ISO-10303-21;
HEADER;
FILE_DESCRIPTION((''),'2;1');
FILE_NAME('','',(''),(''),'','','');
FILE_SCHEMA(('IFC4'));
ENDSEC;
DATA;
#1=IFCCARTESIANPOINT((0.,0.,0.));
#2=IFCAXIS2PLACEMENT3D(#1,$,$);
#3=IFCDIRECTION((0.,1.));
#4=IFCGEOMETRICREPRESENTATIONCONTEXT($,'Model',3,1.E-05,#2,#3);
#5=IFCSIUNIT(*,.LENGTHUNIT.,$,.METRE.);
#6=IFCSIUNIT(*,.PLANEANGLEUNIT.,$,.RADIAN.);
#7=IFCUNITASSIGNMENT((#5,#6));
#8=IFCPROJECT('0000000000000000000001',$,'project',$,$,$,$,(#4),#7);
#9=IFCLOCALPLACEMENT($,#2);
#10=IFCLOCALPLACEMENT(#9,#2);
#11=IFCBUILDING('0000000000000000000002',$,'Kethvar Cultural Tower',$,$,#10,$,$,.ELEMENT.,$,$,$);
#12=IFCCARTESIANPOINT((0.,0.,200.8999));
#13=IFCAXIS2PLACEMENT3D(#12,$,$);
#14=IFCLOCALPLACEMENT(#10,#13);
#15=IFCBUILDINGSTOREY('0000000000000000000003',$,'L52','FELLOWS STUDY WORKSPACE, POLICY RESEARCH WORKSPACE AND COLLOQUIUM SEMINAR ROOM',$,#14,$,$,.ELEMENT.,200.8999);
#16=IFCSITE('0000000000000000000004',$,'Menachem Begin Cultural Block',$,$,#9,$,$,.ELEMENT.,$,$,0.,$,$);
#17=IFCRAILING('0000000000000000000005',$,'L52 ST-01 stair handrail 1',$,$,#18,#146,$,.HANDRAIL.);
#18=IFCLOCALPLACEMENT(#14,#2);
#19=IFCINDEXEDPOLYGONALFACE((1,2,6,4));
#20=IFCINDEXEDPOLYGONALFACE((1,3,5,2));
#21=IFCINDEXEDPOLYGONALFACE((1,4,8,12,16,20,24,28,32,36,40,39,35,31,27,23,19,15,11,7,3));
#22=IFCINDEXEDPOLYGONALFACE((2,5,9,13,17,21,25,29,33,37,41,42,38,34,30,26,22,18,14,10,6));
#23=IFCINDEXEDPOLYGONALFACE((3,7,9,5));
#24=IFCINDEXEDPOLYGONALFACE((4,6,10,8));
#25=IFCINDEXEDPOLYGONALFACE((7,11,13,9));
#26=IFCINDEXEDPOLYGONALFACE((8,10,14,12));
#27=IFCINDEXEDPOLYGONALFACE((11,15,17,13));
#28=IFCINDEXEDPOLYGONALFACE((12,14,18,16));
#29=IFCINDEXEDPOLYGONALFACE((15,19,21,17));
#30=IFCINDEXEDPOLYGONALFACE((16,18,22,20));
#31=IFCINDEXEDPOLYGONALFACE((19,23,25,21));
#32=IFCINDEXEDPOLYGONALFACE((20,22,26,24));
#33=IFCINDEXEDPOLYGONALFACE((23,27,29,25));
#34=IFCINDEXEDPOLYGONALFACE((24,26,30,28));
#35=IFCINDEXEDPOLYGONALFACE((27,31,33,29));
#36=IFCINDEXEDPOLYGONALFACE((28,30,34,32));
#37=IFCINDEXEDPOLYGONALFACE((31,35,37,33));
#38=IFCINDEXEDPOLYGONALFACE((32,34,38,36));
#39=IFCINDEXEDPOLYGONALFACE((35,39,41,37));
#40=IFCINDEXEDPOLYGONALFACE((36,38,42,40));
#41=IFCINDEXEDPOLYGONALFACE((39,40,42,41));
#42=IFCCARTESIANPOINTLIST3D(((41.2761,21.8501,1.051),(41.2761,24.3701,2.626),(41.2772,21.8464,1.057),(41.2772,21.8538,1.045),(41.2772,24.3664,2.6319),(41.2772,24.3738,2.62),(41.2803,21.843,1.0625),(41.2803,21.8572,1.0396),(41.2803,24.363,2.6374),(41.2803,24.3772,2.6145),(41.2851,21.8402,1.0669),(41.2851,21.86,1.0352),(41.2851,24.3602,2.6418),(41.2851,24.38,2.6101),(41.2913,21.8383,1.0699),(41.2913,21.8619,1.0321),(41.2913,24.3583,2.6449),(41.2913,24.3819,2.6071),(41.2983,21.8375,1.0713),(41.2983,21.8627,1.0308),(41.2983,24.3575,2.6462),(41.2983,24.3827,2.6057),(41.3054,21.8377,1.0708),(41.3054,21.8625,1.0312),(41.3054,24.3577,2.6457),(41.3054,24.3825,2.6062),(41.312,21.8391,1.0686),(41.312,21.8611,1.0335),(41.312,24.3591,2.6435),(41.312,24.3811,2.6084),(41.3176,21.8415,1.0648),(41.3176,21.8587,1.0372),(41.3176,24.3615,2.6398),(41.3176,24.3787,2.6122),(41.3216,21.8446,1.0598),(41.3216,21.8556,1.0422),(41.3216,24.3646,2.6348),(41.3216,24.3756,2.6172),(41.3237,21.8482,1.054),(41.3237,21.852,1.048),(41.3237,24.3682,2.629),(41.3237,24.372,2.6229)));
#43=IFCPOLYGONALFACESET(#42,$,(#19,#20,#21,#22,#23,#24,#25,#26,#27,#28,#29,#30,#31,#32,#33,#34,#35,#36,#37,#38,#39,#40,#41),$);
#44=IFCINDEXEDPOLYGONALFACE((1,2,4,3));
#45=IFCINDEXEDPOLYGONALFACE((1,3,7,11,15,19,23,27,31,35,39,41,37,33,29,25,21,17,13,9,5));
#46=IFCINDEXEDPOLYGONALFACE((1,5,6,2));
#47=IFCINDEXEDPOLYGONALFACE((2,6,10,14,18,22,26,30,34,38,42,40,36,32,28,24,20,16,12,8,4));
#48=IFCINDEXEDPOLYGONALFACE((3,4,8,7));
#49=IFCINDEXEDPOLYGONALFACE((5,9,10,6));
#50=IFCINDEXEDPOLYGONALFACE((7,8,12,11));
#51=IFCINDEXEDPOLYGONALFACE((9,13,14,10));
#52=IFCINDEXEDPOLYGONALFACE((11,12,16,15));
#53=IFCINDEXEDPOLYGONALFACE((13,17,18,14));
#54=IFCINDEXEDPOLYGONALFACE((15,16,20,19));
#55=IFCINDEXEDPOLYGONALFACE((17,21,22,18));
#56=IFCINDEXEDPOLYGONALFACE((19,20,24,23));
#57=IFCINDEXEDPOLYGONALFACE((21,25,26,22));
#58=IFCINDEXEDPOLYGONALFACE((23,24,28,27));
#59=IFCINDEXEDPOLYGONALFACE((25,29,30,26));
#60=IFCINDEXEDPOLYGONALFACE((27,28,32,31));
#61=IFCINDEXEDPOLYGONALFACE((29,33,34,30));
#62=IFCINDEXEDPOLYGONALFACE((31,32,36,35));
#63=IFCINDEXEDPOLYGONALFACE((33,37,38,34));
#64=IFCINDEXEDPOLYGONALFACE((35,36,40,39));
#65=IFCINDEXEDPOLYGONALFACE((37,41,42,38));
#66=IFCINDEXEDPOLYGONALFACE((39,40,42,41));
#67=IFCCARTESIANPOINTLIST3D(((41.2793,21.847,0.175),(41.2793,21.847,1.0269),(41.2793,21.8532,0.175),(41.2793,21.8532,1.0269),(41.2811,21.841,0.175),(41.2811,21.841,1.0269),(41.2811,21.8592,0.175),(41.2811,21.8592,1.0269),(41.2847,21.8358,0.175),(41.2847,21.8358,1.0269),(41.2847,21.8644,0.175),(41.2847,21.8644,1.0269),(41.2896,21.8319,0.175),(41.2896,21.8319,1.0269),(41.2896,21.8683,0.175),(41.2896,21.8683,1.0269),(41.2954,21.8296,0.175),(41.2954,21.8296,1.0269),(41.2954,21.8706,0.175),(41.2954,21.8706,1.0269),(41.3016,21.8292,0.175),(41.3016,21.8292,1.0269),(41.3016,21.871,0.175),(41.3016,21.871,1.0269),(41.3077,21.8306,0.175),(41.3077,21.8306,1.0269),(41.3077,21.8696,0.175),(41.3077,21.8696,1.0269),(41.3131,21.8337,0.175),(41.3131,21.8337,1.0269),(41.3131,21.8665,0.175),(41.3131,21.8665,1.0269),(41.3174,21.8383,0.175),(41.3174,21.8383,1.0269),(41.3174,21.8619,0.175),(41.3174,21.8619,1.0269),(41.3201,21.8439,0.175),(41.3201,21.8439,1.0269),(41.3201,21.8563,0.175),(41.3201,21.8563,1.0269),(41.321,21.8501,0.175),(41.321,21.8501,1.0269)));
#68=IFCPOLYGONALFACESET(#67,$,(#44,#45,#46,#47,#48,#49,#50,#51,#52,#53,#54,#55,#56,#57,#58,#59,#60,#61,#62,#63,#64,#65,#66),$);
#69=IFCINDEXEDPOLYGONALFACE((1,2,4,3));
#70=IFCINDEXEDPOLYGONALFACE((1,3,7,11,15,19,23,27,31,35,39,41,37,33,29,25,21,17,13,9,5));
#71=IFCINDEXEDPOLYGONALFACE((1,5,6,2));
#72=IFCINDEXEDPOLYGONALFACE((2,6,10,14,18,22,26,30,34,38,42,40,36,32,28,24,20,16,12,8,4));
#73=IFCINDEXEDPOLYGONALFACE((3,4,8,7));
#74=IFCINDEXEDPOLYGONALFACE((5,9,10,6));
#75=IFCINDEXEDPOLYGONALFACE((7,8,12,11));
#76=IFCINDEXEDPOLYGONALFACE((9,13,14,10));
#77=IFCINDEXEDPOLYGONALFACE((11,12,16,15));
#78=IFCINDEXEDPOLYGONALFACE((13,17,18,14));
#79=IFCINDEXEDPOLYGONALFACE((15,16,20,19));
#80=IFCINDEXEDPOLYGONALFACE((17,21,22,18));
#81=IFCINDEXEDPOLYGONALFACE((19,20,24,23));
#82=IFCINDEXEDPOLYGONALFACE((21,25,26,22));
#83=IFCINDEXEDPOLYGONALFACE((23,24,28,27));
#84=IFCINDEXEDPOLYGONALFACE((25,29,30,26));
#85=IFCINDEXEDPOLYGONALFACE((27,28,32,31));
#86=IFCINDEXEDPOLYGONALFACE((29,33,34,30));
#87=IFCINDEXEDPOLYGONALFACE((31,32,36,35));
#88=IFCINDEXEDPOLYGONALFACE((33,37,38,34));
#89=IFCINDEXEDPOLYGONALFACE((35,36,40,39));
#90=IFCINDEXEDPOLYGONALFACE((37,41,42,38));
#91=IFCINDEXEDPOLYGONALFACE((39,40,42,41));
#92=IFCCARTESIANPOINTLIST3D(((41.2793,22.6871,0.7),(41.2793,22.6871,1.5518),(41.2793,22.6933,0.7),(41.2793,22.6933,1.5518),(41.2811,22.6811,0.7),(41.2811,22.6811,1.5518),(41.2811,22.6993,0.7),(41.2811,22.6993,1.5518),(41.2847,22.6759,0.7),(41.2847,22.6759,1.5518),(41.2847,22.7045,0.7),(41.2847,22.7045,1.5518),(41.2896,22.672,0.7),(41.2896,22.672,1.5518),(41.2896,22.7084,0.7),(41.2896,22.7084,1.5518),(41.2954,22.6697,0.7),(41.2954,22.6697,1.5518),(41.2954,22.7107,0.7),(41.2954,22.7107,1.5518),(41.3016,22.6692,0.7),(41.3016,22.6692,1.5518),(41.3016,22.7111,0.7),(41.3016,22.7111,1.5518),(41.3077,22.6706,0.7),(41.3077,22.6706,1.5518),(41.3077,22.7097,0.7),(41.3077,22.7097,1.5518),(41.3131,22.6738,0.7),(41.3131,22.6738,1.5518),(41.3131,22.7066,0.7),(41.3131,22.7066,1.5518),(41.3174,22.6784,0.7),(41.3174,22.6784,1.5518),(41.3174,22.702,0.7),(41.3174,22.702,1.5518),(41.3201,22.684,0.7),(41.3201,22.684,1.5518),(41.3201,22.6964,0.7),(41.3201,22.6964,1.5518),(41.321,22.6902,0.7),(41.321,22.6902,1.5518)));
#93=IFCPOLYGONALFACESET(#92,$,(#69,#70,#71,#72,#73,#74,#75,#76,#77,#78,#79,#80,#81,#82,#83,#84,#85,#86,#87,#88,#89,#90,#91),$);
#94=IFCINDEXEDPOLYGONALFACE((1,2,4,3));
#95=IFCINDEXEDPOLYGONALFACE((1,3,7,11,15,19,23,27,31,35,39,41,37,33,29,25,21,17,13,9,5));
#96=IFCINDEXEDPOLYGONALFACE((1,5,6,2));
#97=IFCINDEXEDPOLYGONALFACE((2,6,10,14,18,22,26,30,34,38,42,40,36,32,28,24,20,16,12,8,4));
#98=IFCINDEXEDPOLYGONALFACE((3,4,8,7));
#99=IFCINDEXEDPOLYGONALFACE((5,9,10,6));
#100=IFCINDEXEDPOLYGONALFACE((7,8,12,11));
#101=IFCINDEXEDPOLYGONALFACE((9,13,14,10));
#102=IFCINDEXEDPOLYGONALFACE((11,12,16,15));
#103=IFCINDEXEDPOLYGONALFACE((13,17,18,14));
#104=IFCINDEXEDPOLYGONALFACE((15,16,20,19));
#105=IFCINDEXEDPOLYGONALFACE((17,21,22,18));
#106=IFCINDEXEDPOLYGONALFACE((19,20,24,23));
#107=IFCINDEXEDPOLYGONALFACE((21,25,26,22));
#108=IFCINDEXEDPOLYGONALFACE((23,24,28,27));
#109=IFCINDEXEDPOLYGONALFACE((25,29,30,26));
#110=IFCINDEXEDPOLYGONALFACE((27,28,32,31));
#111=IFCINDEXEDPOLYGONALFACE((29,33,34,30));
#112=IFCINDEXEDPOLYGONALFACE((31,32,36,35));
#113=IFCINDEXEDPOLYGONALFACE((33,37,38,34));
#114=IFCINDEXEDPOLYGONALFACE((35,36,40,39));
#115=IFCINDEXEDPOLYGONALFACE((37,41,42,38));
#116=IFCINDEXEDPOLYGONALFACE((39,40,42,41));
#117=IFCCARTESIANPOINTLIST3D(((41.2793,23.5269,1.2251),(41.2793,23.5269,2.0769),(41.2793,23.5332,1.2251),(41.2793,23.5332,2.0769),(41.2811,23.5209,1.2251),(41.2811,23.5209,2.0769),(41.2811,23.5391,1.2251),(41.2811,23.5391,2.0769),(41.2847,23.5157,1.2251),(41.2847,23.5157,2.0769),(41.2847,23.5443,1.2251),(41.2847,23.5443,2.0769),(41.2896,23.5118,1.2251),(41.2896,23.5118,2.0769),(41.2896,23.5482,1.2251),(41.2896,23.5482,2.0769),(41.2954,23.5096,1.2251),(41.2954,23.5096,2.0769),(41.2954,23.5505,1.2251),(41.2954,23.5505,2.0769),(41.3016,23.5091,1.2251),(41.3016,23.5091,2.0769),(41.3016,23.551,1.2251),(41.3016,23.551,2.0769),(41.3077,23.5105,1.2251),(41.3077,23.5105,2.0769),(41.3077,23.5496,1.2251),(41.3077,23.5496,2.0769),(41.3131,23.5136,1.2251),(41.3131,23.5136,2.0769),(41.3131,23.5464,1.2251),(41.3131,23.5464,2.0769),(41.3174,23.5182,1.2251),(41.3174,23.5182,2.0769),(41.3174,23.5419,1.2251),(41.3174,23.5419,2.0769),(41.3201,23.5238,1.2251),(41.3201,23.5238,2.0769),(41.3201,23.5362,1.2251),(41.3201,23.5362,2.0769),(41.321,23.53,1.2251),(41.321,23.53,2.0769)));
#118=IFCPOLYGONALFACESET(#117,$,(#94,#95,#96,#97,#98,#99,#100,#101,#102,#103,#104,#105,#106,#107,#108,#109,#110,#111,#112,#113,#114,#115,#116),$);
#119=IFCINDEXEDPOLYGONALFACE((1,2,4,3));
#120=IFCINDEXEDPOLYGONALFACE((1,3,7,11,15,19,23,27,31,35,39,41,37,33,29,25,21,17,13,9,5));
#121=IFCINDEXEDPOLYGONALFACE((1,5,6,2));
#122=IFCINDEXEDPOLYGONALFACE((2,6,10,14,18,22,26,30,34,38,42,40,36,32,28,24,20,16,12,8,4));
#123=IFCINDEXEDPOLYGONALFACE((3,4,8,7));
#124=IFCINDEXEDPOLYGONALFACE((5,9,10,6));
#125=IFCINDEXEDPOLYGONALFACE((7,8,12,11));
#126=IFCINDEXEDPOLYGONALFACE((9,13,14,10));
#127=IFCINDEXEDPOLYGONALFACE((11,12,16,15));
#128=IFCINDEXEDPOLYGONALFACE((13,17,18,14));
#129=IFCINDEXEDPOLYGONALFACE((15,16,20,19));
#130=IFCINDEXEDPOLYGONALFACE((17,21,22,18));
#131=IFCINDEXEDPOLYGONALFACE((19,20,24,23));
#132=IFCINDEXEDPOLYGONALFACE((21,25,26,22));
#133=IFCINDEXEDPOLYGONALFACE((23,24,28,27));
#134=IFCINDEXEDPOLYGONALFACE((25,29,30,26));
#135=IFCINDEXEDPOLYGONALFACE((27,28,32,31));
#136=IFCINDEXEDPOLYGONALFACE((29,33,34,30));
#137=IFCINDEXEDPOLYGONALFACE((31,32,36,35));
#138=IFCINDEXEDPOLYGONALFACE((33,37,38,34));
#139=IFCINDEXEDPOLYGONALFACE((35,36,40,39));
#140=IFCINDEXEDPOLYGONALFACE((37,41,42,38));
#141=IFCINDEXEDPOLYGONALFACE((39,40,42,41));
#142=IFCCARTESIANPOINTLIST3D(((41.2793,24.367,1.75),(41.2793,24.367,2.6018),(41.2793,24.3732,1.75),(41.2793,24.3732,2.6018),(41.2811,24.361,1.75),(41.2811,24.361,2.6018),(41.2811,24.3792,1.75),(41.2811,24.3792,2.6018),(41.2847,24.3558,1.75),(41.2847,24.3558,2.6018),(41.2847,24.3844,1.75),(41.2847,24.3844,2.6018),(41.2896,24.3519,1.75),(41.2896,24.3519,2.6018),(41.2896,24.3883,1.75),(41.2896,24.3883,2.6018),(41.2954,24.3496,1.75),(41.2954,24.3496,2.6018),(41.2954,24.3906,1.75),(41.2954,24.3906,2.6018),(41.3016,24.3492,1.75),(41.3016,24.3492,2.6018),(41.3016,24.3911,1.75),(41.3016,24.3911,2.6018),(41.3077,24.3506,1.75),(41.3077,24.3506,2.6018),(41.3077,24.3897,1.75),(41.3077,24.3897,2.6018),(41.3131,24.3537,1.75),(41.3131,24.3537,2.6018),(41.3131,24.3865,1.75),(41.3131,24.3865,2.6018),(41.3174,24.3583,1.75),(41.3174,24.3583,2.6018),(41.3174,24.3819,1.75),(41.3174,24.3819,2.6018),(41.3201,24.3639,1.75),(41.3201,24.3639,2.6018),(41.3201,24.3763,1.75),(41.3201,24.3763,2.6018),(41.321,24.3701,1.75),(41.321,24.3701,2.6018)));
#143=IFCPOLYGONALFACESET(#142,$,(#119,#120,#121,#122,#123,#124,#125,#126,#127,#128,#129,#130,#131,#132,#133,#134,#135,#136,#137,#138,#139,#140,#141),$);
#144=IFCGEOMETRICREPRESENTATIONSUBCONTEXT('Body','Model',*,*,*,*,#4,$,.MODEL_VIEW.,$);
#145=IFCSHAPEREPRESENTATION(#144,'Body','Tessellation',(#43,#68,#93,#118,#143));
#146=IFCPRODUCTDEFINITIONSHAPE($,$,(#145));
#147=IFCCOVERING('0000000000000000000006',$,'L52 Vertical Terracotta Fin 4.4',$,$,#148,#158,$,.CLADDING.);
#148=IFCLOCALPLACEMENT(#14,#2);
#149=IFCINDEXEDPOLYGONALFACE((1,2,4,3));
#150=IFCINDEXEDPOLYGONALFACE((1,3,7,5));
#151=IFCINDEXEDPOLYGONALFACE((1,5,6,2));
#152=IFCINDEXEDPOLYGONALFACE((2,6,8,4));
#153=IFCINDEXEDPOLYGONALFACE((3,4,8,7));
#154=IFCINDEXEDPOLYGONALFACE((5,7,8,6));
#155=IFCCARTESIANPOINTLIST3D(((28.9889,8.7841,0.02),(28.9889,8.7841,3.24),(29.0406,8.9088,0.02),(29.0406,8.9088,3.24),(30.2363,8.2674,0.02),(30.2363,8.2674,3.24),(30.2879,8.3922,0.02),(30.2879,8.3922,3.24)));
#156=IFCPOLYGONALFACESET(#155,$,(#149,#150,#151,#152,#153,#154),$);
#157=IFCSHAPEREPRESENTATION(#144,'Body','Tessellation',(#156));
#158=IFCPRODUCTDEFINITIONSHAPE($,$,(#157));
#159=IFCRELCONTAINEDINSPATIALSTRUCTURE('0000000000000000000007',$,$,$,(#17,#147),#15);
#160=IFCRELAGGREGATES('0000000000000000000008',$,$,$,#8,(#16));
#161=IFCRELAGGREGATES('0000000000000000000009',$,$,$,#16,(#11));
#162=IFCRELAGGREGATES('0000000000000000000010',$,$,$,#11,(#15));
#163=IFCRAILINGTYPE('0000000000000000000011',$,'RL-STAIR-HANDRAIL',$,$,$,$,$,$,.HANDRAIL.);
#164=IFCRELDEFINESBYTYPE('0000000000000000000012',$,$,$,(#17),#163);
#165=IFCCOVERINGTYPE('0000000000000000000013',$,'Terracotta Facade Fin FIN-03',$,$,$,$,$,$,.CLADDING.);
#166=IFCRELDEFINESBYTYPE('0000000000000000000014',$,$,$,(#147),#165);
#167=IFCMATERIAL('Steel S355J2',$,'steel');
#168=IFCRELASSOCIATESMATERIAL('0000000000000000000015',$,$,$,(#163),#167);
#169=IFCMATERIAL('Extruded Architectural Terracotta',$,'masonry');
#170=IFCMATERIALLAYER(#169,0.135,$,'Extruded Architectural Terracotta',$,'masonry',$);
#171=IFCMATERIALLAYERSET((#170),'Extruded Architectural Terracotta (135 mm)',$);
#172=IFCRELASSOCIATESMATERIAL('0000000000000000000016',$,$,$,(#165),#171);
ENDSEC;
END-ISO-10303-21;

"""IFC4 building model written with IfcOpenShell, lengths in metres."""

from ifc_helpers import new_model, si_unit, direction, frame, origin, origin_2d, place, context, subcontext, project, spatial, rectangle, circle, extrude, source, transform, mapped, material, layer, layer_set, type_object, element, save


model = new_model("IFC4")

# Units and contexts
model_context = context("Model", 3, precision=1e-05, world=origin(), true_north=direction((0.0, 1.0)))
body_context = subcontext(model_context, "Body", "Model", "MODEL_VIEW")
ifc_project = project(units=[si_unit("LENGTHUNIT", "METRE"), si_unit("PLANEANGLEUNIT", "RADIAN")], contexts=[model_context])

# Site, building, storey
site_placement = place(None, origin())
site = spatial("IfcSite", under=ifc_project, at=site_placement, Name="Menachem Begin Cultural Block", CompositionType="ELEMENT", RefElevation=0.0)
building_placement = place(site_placement, origin())
building = spatial("IfcBuilding", under=site, at=building_placement, Name="Kethvar Cultural Tower", CompositionType="ELEMENT")
storey_placement = place(building_placement, frame((0.0, 0.0, 200.8999)))
storey = spatial("IfcBuildingStorey", under=building, at=storey_placement, Name="L52", Description="FELLOWS STUDY WORKSPACE, POLICY RESEARCH WORKSPACE AND COLLOQUIUM SEMINAR ROOM", CompositionType="ELEMENT", Elevation=200.8999)

# Shared definitions
ifc_material_1 = material(Name="Steel S355J2", Category="steel")

# Railing
railing_type_1 = type_object("IfcRailingType", Name="RL-STAIR-HANDRAIL", PredefinedType="HANDRAIL", material=ifc_material_1)
railing_1_placement = place(storey_placement, frame((41.3, 21.8501, 0.175)))
element("IfcRailing", 1, at=railing_1_placement, inside=storey, type_object=railing_type_1, Name="L52 ST-01 stair handrail 1", PredefinedType="HANDRAIL", context=body_context, shape_type="SweptSolid", body=[
    extrude(circle(Radius=0.0239, at=origin_2d()), frame((0.0, 0.0, 0.876), z_axis=(0.0, 0.848008, 0.529984), x_axis=(-1.0, 0.0, 0.0)), (0.0, 0.0, 1.0), 2.9717),
    extrude(circle(Radius=0.021, at=origin_2d()), origin(), (0.0, 0.0, 1.0), 0.8518),
    extrude(circle(Radius=0.021, at=origin_2d()), frame((0.0, 0.8401, 0.5249)), (0.0, 0.0, 1.0), 0.8518),
    extrude(circle(Radius=0.021, at=origin_2d()), frame((0.0, 1.6799, 1.05)), (0.0, 0.0, 1.0), 0.8518),
    extrude(circle(Radius=0.021, at=origin_2d()), frame((0.0, 2.52, 1.575)), (0.0, 0.0, 1.0), 0.8518),
])

# Covering
ifc_material_2 = material(Name="Extruded Architectural Terracotta", Category="masonry")
ifc_layer_1 = layer(ifc_material_2, 0.135, Name="Extruded Architectural Terracotta", Category="masonry")
ifc_layer_set_1 = layer_set([ifc_layer_1], Name="Extruded Architectural Terracotta (135 mm)")
covering_type = type_object("IfcCoveringType", Name="Terracotta Facade Fin FIN-03", PredefinedType="CLADDING", material=ifc_layer_set_1)
shared_shape_1 = source(origin(), body_context, "Body", "SweptSolid", [
    extrude(rectangle(XDim=1.3501, YDim=0.135, at=origin_2d()), origin(), (0.0, 0.0, 1.0), 3.22),
])
covering_placement = place(storey_placement, frame((29.6384, 8.5881, 0.02), z_axis=(0.0, 0.0, 1.0), x_axis=(-0.92388, 0.382683, 0.0)))
element("IfcCovering", 2, at=covering_placement, inside=storey, type_object=covering_type, Name="L52 Vertical Terracotta Fin 4.4", PredefinedType="CLADDING", context=body_context, shape_type="MappedRepresentation", body=[
    mapped(shared_shape_1, transform((0.0, 0.0, 0.0), scale=1.0)),
])

save(model, "model.ifc")
